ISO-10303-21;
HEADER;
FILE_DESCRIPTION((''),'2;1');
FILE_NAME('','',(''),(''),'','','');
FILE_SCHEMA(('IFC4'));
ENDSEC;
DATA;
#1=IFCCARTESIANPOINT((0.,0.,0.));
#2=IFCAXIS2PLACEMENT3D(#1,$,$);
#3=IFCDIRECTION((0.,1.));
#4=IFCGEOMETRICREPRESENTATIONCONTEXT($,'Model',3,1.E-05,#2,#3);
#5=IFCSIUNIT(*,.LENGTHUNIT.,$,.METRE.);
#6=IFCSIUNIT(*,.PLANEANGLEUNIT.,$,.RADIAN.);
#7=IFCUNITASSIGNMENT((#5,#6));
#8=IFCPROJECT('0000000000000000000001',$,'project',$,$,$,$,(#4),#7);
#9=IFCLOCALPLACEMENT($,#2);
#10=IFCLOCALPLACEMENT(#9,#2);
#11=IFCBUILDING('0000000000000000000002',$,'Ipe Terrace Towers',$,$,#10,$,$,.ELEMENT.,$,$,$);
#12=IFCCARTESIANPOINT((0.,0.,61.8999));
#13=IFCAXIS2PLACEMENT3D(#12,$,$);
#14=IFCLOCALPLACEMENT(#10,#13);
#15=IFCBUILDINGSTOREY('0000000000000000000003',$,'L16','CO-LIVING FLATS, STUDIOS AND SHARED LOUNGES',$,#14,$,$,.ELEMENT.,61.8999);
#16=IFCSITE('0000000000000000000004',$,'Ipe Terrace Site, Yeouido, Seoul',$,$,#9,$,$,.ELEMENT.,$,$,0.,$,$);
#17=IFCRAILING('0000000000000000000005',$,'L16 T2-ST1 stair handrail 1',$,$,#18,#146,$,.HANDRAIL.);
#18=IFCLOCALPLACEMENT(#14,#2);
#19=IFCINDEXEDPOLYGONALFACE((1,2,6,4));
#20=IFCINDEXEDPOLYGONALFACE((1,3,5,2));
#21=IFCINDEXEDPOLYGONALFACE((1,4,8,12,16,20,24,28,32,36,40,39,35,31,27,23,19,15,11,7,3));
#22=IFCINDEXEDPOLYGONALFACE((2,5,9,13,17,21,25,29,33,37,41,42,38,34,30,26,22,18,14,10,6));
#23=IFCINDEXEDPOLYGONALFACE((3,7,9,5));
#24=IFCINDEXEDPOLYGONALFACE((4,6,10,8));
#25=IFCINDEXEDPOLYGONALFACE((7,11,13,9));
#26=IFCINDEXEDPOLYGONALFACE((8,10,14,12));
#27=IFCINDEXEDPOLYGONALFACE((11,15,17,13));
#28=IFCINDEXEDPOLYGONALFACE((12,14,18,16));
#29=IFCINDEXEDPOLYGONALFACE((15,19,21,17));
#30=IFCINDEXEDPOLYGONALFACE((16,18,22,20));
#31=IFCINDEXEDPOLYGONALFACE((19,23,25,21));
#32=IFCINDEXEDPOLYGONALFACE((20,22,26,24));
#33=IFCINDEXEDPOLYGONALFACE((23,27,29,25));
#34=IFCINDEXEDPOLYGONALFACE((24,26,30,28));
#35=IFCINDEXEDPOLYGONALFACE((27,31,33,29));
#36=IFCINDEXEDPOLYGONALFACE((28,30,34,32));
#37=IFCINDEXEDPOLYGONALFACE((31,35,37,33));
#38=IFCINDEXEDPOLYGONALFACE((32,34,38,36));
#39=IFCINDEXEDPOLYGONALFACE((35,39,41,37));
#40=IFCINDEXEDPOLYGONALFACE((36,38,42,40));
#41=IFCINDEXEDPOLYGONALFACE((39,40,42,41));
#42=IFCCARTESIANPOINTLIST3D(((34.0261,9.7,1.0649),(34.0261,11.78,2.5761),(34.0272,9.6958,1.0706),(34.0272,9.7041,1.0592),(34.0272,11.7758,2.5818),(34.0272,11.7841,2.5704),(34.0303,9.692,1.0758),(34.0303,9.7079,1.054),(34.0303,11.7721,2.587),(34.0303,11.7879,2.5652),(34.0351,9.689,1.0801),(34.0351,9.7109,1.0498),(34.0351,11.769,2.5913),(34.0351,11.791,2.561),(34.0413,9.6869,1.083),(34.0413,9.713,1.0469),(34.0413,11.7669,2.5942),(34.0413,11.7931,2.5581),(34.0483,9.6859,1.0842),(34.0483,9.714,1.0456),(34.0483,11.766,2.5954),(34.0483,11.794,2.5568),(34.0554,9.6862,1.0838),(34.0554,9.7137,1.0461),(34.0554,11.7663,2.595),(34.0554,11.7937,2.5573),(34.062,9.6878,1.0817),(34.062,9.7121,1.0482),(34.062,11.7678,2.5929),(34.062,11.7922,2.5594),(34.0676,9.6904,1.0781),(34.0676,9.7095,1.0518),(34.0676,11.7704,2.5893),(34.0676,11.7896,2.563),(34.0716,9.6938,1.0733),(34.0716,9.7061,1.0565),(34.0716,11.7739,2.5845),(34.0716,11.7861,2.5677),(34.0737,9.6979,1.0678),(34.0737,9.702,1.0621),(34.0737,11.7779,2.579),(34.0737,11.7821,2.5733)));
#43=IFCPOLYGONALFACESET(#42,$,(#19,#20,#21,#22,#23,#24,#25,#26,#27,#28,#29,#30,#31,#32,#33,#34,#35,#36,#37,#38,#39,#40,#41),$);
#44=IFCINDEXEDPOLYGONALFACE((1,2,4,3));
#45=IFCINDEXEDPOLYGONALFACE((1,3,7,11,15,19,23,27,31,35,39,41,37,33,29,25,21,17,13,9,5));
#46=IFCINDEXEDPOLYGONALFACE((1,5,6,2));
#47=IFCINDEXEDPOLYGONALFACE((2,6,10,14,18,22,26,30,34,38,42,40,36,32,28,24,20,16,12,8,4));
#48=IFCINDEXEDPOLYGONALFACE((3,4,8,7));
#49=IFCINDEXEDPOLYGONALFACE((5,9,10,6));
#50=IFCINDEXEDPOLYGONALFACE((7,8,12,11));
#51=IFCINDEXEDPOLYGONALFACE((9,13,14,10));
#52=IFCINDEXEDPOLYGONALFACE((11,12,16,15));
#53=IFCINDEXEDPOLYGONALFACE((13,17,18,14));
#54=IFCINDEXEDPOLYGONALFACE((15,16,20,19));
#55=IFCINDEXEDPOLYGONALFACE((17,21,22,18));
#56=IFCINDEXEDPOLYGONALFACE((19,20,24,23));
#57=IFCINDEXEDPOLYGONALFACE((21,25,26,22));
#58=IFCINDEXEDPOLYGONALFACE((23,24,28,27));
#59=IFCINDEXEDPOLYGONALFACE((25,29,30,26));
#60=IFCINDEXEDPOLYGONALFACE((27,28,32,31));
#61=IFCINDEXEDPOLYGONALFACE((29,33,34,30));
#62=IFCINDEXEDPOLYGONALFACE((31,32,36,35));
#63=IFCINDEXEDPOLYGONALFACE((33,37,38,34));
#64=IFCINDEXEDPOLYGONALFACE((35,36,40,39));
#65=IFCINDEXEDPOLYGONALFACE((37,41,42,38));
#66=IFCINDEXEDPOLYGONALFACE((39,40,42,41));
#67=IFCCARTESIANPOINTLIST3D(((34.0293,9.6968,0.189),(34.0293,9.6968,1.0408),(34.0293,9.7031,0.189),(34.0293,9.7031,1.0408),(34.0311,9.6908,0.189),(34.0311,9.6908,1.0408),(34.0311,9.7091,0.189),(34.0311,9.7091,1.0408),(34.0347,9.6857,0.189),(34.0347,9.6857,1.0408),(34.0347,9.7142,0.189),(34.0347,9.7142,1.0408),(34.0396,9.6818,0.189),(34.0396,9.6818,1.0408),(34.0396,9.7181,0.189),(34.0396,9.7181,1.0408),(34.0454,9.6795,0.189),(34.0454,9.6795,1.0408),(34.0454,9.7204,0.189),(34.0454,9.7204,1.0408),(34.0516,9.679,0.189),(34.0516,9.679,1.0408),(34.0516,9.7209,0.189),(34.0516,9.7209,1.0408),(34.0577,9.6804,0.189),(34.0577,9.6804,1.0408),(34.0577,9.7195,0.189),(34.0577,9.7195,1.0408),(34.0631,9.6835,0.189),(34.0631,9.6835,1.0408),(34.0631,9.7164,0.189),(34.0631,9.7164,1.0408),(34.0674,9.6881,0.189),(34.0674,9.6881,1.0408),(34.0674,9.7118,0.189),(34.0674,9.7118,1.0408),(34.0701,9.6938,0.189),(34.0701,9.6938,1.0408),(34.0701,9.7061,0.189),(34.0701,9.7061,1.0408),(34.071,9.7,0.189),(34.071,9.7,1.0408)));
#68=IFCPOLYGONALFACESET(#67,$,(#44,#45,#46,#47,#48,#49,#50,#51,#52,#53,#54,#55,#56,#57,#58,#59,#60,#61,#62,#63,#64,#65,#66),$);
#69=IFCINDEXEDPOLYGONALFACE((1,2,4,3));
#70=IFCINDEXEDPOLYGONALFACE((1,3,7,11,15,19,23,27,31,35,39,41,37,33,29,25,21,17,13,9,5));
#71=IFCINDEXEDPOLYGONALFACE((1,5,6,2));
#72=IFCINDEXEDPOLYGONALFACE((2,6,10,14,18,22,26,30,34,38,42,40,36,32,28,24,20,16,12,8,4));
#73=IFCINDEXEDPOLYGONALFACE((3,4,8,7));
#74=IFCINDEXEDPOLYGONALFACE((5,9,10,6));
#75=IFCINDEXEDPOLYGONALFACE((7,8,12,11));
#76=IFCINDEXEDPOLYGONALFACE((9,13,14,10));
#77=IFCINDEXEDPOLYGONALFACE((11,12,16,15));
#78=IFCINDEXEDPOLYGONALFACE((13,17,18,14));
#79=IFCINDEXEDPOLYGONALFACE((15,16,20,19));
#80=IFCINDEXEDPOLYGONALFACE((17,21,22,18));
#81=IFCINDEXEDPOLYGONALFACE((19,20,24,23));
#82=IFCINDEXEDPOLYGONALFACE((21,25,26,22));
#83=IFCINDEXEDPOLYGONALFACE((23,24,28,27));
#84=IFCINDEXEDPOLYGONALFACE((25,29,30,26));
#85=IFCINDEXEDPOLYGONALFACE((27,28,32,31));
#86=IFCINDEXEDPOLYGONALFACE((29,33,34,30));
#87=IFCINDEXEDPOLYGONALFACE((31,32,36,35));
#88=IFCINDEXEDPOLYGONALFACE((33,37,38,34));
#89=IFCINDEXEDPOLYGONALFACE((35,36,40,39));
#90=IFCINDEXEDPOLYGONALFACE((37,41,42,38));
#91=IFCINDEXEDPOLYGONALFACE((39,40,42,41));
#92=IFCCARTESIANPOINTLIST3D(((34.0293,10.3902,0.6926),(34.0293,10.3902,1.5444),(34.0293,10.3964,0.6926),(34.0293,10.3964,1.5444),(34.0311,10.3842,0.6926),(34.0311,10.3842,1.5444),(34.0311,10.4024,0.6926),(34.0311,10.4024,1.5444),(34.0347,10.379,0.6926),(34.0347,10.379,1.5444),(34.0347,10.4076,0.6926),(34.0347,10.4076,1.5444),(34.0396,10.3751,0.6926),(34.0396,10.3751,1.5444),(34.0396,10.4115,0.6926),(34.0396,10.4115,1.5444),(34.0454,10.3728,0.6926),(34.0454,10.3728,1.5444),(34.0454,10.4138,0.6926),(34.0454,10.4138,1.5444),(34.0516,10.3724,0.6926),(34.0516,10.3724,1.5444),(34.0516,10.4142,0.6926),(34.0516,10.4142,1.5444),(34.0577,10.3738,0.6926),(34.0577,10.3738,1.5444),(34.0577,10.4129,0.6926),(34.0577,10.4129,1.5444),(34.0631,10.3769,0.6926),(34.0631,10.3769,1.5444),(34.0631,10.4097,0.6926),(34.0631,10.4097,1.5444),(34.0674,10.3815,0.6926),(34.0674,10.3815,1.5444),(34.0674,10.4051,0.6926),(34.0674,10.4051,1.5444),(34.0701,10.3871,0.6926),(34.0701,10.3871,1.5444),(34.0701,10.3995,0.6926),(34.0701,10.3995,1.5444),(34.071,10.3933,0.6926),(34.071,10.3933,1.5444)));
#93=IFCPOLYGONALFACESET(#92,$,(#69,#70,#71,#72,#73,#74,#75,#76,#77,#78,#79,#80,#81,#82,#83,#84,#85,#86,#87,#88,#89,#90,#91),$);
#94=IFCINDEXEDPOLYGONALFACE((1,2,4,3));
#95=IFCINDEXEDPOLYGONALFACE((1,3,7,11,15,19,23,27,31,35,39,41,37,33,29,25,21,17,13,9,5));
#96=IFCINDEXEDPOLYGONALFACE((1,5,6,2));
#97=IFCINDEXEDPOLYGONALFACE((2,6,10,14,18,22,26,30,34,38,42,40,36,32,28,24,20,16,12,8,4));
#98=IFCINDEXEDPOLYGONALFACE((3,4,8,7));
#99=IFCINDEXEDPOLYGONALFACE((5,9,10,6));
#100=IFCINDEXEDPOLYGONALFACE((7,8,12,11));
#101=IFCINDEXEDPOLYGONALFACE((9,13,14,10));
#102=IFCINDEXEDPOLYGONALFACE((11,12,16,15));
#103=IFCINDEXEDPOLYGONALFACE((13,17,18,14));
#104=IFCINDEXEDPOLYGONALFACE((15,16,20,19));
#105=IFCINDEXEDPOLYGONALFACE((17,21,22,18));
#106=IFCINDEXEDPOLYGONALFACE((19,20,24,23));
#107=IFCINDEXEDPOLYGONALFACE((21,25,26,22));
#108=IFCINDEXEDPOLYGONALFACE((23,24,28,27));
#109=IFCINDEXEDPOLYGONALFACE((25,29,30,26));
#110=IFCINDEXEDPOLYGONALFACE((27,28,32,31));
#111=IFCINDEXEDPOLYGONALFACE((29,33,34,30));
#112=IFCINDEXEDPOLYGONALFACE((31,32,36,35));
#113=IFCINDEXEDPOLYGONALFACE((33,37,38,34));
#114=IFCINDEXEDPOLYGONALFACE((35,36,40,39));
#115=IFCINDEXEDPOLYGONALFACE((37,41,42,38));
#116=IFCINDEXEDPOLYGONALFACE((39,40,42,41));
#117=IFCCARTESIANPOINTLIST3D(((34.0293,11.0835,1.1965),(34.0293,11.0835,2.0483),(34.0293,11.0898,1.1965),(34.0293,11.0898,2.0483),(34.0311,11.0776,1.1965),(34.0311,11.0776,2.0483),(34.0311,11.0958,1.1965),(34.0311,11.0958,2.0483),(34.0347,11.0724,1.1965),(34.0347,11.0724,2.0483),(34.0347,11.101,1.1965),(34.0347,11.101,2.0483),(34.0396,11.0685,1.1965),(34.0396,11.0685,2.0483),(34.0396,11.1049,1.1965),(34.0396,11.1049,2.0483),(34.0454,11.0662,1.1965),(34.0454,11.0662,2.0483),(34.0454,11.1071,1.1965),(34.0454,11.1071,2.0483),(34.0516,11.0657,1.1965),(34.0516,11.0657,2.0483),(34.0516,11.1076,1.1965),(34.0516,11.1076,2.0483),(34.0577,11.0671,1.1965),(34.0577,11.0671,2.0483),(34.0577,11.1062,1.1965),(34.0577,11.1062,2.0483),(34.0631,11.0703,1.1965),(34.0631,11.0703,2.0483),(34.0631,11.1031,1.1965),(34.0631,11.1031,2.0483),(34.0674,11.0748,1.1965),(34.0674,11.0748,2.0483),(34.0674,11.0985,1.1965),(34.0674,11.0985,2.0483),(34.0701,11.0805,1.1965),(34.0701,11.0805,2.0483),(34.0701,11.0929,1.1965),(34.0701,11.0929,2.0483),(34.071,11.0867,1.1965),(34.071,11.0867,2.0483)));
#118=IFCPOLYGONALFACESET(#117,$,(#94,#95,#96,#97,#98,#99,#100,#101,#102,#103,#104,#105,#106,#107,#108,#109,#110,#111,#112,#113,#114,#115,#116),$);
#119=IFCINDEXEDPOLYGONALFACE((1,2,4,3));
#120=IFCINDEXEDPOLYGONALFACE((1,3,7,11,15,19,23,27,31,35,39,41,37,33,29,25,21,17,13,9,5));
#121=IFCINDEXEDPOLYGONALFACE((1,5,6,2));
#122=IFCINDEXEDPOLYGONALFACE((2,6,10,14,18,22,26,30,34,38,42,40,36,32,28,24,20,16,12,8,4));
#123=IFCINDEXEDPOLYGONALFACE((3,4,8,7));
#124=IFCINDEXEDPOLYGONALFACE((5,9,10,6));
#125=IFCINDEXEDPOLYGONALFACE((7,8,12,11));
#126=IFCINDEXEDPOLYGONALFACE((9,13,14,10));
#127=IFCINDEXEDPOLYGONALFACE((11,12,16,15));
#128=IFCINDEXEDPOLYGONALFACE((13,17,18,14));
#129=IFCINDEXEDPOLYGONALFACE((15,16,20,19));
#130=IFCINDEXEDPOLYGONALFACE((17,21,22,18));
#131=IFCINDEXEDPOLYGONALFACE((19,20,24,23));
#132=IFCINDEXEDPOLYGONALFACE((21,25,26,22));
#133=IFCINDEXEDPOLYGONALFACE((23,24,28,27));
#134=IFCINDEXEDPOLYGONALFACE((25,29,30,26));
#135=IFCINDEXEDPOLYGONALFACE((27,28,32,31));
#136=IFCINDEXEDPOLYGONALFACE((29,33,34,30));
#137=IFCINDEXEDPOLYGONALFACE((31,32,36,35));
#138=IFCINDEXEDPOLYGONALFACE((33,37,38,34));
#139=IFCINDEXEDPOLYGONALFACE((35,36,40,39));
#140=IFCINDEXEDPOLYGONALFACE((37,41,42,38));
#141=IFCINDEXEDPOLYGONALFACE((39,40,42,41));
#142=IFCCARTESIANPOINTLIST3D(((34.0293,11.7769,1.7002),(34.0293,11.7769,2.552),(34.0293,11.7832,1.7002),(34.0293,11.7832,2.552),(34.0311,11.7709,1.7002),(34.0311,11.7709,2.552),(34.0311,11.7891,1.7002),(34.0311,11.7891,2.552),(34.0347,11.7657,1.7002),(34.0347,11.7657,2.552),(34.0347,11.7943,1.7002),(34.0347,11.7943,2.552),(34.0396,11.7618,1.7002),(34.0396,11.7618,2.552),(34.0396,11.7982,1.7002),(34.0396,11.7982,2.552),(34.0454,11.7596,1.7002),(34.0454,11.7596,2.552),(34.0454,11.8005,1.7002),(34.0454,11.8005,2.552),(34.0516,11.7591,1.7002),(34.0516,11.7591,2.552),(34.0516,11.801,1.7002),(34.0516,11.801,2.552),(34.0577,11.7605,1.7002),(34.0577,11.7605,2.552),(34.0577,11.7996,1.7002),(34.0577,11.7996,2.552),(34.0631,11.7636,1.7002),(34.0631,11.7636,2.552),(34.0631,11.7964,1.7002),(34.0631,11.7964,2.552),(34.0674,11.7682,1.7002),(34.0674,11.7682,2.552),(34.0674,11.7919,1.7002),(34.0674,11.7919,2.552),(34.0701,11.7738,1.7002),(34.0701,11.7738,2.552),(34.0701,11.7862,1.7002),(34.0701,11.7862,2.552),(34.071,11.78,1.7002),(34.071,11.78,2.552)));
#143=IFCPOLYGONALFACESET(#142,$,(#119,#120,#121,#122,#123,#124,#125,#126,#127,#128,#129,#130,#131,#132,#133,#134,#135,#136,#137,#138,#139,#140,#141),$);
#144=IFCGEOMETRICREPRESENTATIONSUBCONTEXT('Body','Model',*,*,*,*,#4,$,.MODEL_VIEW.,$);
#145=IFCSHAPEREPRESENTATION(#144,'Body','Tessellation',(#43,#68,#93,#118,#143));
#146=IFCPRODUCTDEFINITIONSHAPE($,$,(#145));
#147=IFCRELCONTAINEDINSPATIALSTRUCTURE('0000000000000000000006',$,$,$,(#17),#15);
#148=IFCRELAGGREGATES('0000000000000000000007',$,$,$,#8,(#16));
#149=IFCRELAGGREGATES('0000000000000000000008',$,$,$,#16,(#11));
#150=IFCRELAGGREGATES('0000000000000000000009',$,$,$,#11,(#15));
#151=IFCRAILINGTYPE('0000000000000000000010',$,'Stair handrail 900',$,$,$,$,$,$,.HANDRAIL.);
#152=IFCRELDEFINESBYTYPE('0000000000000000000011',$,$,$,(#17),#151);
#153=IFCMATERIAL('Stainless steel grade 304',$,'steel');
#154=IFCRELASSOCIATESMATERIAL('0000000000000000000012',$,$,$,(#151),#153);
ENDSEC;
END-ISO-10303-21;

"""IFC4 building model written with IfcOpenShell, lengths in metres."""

from ifc_helpers import new_model, si_unit, direction, frame, origin, origin_2d, place, context, subcontext, project, spatial, circle, extrude, material, type_object, element, save


model = new_model("IFC4")

# Units and contexts
model_context = context("Model", 3, precision=1e-05, world=origin(), true_north=direction((0.0, 1.0)))
body_context = subcontext(model_context, "Body", "Model", "MODEL_VIEW")
ifc_project = project(units=[si_unit("LENGTHUNIT", "METRE"), si_unit("PLANEANGLEUNIT", "RADIAN")], contexts=[model_context])

# Site, building, storey
site_placement = place(None, origin())
site = spatial("IfcSite", under=ifc_project, at=site_placement, Name="Ipe Terrace Site, Yeouido, Seoul", CompositionType="ELEMENT", RefElevation=0.0)
building_placement = place(site_placement, origin())
building = spatial("IfcBuilding", under=site, at=building_placement, Name="Ipe Terrace Towers", CompositionType="ELEMENT")
storey_placement = place(building_placement, frame((0.0, 0.0, 61.8999)))
storey = spatial("IfcBuildingStorey", under=building, at=storey_placement, Name="L16", Description="CO-LIVING FLATS, STUDIOS AND SHARED LOUNGES", CompositionType="ELEMENT", Elevation=61.8999)

# Railing
ifc_material_1 = material(Name="Stainless steel grade 304", Category="steel")
railing_type_1 = type_object("IfcRailingType", Name="Stair handrail 900", PredefinedType="HANDRAIL", material=ifc_material_1)
railing_1_placement = place(storey_placement, frame((34.05, 9.7, 0.189)))
element("IfcRailing", 1, at=railing_1_placement, inside=storey, type_object=railing_type_1, Name="L16 T2-ST1 stair handrail 1", PredefinedType="HANDRAIL", context=body_context, shape_type="SweptSolid", body=[
    extrude(circle(Radius=0.0239, at=origin_2d()), frame((0.0, 0.0, 0.876), z_axis=(0.0, 0.809023, 0.587776), x_axis=(-1.0, 0.0, 0.0)), (0.0, 0.0, 1.0), 2.571),
    extrude(circle(Radius=0.021, at=origin_2d()), origin(), (0.0, 0.0, 1.0), 0.8518),
    extrude(circle(Radius=0.021, at=origin_2d()), frame((0.0, 0.6934, 0.5037)), (0.0, 0.0, 1.0), 0.8518),
    extrude(circle(Radius=0.021, at=origin_2d()), frame((0.0, 1.3867, 1.0076)), (0.0, 0.0, 1.0), 0.8518),
    extrude(circle(Radius=0.021, at=origin_2d()), frame((0.0, 2.0801, 1.5112)), (0.0, 0.0, 1.0), 0.8518),
])

save(model, "model.ifc")
